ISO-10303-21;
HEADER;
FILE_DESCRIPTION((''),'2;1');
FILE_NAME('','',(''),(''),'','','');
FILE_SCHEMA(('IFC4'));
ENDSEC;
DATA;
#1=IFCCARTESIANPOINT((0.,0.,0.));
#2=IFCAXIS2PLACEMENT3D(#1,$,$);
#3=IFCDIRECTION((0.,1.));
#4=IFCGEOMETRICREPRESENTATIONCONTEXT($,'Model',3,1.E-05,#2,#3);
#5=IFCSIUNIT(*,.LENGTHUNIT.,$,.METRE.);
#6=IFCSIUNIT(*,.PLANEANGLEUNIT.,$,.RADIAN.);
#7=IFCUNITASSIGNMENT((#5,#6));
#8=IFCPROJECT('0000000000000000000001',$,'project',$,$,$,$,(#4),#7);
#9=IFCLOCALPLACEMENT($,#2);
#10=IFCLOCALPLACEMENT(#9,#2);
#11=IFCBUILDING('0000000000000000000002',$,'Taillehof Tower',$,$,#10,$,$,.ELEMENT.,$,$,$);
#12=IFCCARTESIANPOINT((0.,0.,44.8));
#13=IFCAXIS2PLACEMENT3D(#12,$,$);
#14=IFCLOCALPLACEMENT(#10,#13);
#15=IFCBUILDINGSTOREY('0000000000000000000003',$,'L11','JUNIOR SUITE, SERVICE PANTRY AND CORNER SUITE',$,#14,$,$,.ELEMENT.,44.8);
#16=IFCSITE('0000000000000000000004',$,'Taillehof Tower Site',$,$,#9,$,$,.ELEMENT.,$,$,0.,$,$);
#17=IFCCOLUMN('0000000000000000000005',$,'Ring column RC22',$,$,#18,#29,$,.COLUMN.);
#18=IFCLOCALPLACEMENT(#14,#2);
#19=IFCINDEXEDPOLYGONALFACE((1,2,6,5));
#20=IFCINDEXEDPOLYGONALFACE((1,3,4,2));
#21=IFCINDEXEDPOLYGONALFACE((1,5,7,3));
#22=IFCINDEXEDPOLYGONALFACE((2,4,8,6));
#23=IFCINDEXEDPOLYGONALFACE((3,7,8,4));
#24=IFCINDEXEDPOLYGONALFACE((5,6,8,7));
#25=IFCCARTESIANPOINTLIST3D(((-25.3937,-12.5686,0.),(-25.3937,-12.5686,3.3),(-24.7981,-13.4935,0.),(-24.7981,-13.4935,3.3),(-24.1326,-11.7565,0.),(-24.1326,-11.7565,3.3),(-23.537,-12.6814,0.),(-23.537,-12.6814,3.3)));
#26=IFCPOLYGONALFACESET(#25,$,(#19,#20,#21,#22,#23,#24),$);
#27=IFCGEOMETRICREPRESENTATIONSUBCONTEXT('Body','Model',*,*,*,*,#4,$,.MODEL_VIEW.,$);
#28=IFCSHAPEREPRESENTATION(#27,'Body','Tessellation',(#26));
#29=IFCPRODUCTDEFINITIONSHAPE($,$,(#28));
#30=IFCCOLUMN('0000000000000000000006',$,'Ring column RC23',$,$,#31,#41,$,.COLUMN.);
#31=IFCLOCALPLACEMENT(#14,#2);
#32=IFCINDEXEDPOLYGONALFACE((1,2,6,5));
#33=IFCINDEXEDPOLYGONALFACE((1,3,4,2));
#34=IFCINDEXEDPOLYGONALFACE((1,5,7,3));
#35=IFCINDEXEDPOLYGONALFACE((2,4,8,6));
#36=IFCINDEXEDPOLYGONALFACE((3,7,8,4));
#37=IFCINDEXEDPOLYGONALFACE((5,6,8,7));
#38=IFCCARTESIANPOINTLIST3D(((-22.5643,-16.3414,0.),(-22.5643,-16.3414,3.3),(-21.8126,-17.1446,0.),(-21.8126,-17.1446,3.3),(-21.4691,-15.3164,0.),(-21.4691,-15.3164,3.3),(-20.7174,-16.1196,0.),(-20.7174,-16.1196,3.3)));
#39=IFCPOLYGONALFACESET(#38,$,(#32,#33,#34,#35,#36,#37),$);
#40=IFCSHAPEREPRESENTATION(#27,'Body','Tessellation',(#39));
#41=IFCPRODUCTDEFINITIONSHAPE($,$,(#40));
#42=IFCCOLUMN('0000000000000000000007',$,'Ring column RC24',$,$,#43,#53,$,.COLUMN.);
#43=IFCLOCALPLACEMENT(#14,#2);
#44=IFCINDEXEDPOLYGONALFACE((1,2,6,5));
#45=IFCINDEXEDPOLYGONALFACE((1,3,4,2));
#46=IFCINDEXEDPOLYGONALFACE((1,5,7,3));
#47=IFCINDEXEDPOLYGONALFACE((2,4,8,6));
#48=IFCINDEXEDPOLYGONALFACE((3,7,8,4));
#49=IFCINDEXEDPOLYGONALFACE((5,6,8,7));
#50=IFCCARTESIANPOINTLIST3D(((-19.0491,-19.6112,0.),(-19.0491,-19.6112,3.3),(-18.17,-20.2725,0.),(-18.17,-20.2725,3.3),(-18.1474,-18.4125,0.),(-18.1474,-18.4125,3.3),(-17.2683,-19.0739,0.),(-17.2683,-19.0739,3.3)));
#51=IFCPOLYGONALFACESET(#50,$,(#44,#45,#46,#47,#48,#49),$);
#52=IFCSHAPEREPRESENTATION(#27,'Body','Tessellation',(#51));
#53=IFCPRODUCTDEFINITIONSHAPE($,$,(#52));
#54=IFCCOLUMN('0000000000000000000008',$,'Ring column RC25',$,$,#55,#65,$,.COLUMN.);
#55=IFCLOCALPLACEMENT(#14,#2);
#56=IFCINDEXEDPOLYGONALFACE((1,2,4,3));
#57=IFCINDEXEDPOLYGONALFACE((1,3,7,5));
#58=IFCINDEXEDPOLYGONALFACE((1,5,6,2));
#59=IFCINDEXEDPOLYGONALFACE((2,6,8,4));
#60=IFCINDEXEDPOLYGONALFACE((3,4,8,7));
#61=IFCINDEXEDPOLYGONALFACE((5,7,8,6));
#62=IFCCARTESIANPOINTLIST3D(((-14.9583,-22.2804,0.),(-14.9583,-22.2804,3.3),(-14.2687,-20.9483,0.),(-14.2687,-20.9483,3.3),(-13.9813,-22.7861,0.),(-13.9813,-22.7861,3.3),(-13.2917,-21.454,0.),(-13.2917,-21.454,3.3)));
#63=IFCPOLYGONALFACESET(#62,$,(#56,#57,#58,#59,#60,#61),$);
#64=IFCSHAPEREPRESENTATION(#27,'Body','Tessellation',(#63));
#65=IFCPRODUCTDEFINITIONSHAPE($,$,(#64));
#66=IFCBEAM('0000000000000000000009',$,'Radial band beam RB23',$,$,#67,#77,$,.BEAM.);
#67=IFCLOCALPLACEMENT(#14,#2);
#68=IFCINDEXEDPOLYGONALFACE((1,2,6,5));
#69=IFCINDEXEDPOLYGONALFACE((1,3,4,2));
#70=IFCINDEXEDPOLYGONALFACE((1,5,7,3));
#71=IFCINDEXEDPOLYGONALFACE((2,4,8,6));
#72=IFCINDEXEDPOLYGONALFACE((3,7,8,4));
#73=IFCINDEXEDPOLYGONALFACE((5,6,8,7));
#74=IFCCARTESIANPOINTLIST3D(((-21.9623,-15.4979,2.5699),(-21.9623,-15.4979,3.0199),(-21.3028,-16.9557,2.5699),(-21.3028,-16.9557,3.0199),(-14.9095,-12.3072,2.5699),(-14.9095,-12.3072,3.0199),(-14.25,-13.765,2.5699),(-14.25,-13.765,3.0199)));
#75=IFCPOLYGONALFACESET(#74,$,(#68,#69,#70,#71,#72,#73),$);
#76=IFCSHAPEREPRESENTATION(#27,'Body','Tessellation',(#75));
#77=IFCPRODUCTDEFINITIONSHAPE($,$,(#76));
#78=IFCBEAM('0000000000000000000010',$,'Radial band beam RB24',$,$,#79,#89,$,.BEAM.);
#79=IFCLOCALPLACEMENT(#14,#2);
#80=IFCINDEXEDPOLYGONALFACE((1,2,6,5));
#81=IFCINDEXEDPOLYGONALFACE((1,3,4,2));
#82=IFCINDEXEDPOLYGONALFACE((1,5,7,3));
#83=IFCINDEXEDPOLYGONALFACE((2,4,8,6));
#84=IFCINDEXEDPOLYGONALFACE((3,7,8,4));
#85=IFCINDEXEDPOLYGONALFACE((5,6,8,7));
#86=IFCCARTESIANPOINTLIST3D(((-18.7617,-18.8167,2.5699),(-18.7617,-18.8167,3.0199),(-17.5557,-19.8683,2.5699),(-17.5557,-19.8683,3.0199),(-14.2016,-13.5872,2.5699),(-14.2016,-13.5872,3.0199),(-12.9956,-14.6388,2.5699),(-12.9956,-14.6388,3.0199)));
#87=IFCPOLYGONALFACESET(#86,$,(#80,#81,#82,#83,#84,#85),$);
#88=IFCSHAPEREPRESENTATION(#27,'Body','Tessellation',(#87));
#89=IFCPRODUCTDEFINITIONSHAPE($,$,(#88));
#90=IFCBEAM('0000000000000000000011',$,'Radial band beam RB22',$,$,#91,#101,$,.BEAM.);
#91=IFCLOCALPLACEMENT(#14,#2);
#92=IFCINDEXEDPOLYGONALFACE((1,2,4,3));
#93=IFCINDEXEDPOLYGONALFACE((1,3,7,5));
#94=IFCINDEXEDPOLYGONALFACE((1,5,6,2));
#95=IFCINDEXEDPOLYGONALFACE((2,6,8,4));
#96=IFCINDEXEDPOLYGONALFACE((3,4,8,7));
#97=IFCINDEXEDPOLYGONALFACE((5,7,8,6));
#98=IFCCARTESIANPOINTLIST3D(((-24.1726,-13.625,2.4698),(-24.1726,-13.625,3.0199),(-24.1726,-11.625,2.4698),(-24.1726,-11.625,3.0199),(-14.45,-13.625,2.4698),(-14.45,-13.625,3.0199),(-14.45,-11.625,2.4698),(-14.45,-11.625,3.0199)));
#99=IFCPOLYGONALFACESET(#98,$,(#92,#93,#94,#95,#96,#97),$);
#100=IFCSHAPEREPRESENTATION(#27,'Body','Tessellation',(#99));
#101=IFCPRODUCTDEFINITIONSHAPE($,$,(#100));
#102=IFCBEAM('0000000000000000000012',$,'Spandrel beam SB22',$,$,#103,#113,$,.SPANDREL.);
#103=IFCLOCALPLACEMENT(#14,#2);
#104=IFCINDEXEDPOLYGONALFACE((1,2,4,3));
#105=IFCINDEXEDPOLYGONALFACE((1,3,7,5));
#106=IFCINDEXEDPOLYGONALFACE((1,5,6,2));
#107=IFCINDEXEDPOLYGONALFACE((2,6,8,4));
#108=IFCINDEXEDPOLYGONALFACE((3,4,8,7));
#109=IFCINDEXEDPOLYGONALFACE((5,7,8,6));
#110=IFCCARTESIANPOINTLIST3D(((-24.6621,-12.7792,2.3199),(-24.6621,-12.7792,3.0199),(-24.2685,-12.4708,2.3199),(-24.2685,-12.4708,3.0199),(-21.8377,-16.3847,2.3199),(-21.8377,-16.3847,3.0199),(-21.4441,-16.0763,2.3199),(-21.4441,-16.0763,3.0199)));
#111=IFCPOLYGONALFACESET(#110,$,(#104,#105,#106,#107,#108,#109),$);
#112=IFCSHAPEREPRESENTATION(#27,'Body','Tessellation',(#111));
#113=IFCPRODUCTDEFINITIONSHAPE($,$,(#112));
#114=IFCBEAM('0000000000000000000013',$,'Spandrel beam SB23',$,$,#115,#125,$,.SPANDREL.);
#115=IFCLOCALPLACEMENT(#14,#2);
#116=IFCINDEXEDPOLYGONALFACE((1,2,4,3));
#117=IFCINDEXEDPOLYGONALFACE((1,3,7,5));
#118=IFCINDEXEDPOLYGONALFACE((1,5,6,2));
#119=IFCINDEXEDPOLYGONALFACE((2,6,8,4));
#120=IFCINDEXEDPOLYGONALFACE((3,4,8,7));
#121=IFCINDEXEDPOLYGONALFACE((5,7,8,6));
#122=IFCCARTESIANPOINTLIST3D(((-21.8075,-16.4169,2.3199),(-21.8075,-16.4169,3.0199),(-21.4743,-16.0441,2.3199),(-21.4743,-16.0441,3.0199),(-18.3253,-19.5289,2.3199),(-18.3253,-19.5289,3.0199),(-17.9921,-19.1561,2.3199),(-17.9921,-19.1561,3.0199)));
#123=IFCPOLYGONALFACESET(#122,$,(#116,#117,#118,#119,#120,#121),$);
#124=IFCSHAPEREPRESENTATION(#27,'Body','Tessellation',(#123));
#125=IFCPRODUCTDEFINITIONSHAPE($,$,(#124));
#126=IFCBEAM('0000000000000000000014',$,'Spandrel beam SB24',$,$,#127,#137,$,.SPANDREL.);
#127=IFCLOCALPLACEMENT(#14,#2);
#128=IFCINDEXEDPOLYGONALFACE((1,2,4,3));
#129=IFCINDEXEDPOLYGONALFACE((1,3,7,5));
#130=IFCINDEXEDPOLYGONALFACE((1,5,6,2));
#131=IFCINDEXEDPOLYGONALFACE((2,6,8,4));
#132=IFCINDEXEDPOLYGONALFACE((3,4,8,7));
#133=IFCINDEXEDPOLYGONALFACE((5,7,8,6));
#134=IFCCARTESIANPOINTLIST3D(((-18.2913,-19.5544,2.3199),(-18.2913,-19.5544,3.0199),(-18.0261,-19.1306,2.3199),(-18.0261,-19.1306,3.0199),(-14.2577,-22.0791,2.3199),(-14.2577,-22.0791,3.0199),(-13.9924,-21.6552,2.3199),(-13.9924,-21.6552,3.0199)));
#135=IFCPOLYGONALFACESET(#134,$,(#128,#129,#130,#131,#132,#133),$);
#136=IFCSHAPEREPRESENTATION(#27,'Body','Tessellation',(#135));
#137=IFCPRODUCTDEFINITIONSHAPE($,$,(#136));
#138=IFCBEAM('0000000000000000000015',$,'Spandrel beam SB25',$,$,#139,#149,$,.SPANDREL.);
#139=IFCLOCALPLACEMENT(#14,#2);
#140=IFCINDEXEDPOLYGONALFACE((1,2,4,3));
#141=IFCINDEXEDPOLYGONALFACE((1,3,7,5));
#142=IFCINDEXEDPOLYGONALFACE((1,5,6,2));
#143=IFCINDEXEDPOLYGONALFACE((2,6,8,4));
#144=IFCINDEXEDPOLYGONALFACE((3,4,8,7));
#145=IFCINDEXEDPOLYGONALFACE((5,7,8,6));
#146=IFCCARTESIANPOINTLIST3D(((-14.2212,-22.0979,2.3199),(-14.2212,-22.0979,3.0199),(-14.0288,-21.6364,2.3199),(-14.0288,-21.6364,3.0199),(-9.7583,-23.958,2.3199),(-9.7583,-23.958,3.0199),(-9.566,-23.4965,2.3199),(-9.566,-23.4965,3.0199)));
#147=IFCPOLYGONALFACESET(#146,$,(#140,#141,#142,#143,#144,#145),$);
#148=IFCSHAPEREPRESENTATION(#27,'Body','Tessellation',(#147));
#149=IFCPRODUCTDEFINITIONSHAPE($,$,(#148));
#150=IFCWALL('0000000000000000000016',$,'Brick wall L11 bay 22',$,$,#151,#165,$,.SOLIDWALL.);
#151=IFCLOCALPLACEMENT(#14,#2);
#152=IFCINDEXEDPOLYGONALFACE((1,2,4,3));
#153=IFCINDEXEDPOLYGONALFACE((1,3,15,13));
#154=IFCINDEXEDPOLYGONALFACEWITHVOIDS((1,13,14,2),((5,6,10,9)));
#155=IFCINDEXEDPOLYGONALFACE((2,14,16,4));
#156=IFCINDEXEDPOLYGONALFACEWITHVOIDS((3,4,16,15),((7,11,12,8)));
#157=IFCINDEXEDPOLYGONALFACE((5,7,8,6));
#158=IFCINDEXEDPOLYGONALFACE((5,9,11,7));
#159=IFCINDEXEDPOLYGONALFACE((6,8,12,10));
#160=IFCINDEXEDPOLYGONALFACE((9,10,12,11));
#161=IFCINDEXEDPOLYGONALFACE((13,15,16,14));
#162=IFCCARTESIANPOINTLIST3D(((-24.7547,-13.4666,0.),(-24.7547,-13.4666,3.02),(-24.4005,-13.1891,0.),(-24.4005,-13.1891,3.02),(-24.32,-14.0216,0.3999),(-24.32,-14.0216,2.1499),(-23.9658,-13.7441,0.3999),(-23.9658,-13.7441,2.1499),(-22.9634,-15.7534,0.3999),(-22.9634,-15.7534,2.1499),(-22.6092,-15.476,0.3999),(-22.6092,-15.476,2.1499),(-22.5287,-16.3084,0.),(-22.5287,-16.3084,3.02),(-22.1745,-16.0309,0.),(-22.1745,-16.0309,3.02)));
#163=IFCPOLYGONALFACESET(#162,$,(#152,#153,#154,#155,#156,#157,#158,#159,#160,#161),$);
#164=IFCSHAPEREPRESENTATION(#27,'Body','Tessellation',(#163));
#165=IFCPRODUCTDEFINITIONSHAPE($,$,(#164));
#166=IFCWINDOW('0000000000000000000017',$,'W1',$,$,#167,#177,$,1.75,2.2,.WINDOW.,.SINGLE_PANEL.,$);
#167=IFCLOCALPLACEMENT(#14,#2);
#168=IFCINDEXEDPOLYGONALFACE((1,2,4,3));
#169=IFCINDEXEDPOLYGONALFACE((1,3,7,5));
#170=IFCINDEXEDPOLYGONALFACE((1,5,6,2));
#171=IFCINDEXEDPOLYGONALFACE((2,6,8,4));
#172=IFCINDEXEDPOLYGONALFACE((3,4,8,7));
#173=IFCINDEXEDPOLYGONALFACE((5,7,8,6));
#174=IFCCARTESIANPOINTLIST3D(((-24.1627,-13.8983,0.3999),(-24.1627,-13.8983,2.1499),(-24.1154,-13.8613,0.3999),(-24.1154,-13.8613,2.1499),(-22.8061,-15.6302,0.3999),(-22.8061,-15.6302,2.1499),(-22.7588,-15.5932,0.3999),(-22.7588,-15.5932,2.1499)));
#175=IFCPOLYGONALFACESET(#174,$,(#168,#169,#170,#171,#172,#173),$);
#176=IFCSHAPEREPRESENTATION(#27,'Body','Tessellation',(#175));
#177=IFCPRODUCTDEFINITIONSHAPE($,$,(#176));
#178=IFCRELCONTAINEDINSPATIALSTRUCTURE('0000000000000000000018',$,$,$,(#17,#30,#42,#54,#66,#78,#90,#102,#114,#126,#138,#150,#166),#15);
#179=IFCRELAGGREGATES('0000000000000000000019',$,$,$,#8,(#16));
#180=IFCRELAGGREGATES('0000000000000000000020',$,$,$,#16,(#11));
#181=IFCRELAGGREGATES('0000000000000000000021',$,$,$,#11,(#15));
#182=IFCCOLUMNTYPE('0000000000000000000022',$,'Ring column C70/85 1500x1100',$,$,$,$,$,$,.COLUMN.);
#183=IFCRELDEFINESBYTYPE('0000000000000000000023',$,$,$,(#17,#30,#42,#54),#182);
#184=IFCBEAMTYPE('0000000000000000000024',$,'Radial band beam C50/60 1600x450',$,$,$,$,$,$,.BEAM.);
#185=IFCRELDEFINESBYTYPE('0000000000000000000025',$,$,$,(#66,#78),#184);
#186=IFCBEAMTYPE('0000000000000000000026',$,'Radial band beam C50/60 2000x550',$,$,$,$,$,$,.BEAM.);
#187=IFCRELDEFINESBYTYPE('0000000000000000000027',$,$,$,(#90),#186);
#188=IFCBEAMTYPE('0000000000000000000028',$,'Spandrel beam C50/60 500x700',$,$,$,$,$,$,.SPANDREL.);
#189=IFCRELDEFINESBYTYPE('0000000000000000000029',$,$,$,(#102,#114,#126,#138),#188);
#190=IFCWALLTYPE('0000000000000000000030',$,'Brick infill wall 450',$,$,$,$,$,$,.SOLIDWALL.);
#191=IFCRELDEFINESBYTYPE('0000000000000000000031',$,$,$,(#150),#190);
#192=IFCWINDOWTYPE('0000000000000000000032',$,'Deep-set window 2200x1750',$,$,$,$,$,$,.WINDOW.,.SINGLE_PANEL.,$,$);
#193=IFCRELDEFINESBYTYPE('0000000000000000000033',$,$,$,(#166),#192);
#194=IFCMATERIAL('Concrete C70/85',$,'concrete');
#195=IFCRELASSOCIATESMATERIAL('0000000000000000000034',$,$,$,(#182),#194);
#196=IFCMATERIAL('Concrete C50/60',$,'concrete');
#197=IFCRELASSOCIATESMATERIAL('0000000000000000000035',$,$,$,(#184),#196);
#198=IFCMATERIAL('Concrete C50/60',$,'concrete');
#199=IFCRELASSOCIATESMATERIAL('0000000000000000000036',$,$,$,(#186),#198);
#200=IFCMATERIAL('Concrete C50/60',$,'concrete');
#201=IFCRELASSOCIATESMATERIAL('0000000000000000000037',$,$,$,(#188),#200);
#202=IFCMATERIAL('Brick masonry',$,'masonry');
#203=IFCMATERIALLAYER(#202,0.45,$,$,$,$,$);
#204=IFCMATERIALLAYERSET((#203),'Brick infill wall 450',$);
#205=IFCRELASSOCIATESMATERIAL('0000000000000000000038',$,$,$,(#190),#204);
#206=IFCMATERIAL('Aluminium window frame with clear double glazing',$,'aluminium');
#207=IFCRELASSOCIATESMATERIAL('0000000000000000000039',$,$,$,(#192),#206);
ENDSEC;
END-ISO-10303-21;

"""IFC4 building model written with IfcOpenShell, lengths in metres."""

from ifc_helpers import new_model, si_unit, direction, frame, frame_2d, origin, origin_2d, place, context, subcontext, project, spatial, rectangle, extrude, material, layer, layer_set, material_profile, profile_set, type_object, element, fill, save


model = new_model("IFC4")

# Units and contexts
model_context = context("Model", 3, precision=1e-05, world=origin(), true_north=direction((0.0, 1.0)))
body_context = subcontext(model_context, "Body", "Model", "MODEL_VIEW")
ifc_project = project(units=[si_unit("LENGTHUNIT", "METRE"), si_unit("PLANEANGLEUNIT", "RADIAN")], contexts=[model_context])

# Site, building, storey
site_placement = place(None, origin())
site = spatial("IfcSite", under=ifc_project, at=site_placement, Name="Taillehof Tower Site", CompositionType="ELEMENT", RefElevation=0.0)
building_placement = place(site_placement, origin())
building = spatial("IfcBuilding", under=site, at=building_placement, Name="Taillehof Tower", CompositionType="ELEMENT")
storey_placement = place(building_placement, frame((0.0, 0.0, 44.8)))
storey = spatial("IfcBuildingStorey", under=building, at=storey_placement, Name="L11", Description="JUNIOR SUITE, SERVICE PANTRY AND CORNER SUITE", CompositionType="ELEMENT", Elevation=44.8)

# Columns
ifc_material_1 = material(Name="Concrete C70/85", Category="concrete")
ifc_material_profile_1 = material_profile(ifc_material_1, rectangle(XDim=1.5, YDim=1.1001, at=origin_2d()), Name="RC 1500x1100")
ifc_profile_set_1 = profile_set([ifc_material_profile_1], Name="Concrete C70/85")
column_type = type_object("IfcColumnType", Name="Ring column C70/85 1500x1100", PredefinedType="COLUMN", material=ifc_profile_set_1)
for number, where, z_axis, x_axis, name in (
    (1, (-24.4653, -12.625, 0.0), (0.0, 0.0, 1.0), (-0.840754, -0.541418, 0.0), "Ring column RC22"),
    (2, (-21.6409, -16.2305, 0.0), (0.0, 0.0, 1.0), (-0.730113, -0.683326, 0.0), "Ring column RC23"),
    (3, (-18.1587, -19.3425, 0.0), (0.0, 0.0, 1.0), (-0.601174, -0.799118, 0.0), "Ring column RC24"),
    (4, (-14.125, -21.8672, 0.0), (0.0, 0.0, 1.0), (-0.459691, -0.888079, 0.0), "Ring column RC25"),
):
    element("IfcColumn", number, at=place(storey_placement, frame(where, z_axis=z_axis, x_axis=x_axis)), inside=storey, type_object=column_type, Name=name, PredefinedType="COLUMN", context=body_context, shape_type="SweptSolid", body=[
        extrude(rectangle(XDim=1.5, YDim=1.1001, at=origin_2d()), origin(), (0.0, 0.0, 1.0), 3.3),
    ])

# Beams
ifc_material_2 = material(Name="Concrete C50/60", Category="concrete")
ifc_material_profile_2 = material_profile(ifc_material_2, rectangle(XDim=1.6001, YDim=0.45, at=origin_2d()), Name="RC 1600x450")
ifc_profile_set_2 = profile_set([ifc_material_profile_2], Name="Concrete C50/60")
beam_type_1 = type_object("IfcBeamType", Name="Radial band beam C50/60 1600x450", PredefinedType="BEAM", material=ifc_profile_set_2)
beam_1_placement = place(storey_placement, frame((-21.6326, -16.2268, 2.7949), z_axis=(0.911101, 0.412184, 0.0), x_axis=(-0.412184, 0.911101, 0.0)))
element("IfcBeam", 5, at=beam_1_placement, inside=storey, type_object=beam_type_1, Name="Radial band beam RB23", PredefinedType="BEAM", context=body_context, shape_type="SweptSolid", body=[
    extrude(rectangle(XDim=1.6001, YDim=0.45, at=origin_2d()), origin(), (0.0, 0.0, 1.0), 7.741),
])
beam_2_placement = place(storey_placement, frame((-18.1587, -19.3425, 2.7949), z_axis=(0.657218, 0.7537, 0.0), x_axis=(-0.7537, 0.657218, 0.0)))
element("IfcBeam", 6, at=beam_2_placement, inside=storey, type_object=beam_type_1, Name="Radial band beam RB24", PredefinedType="BEAM", context=body_context, shape_type="SweptSolid", body=[
    extrude(rectangle(XDim=1.6001, YDim=0.45, at=origin_2d()), origin(), (0.0, 0.0, 1.0), 6.9385),
])
ifc_material_3 = material(Name="Concrete C50/60", Category="concrete")
ifc_material_profile_3 = material_profile(ifc_material_3, rectangle(XDim=2.0, YDim=0.55, at=origin_2d()), Name="RC 2000x550")
ifc_profile_set_3 = profile_set([ifc_material_profile_3], Name="Concrete C50/60")
beam_type_2 = type_object("IfcBeamType", Name="Radial band beam C50/60 2000x550", PredefinedType="BEAM", material=ifc_profile_set_3)
beam_3_placement = place(storey_placement, frame((-24.1726, -12.625, 2.7449), z_axis=(1.0, 0.0, 0.0), x_axis=(0.0, 1.0, 0.0)))
element("IfcBeam", 7, at=beam_3_placement, inside=storey, type_object=beam_type_2, Name="Radial band beam RB22", PredefinedType="BEAM", context=body_context, shape_type="SweptSolid", body=[
    extrude(rectangle(XDim=2.0, YDim=0.55, at=origin_2d()), origin(), (0.0, 0.0, 1.0), 9.7227),
])
ifc_material_4 = material(Name="Concrete C50/60", Category="concrete")
ifc_material_profile_4 = material_profile(ifc_material_4, rectangle(XDim=0.5, YDim=0.7, at=origin_2d()), Name="RC 500x700")
ifc_profile_set_4 = profile_set([ifc_material_profile_4], Name="Concrete C50/60")
beam_type_3 = type_object("IfcBeamType", Name="Spandrel beam C50/60 500x700", PredefinedType="SPANDREL", material=ifc_profile_set_4)
beam_4_placement = place(storey_placement, frame((-24.4653, -12.625, 2.6699), z_axis=(0.616686, -0.787209, 0.0), x_axis=(0.787209, 0.616686, 0.0)))
element("IfcBeam", 8, at=beam_4_placement, inside=storey, type_object=beam_type_3, Name="Spandrel beam SB22", PredefinedType="SPANDREL", context=body_context, shape_type="SweptSolid", body=[
    extrude(rectangle(XDim=0.5, YDim=0.7, at=origin_2d()), origin(), (0.0, 0.0, 1.0), 4.5801),
])
beam_5_placement = place(storey_placement, frame((-21.6409, -16.2305, 2.6699), z_axis=(0.745621, -0.66637, 0.0), x_axis=(0.66637, 0.745621, 0.0)))
element("IfcBeam", 9, at=beam_5_placement, inside=storey, type_object=beam_type_3, Name="Spandrel beam SB23", PredefinedType="SPANDREL", context=body_context, shape_type="SweptSolid", body=[
    extrude(rectangle(XDim=0.5, YDim=0.7, at=origin_2d()), origin(), (0.0, 0.0, 1.0), 4.6702),
])
beam_6_placement = place(storey_placement, frame((-18.1587, -19.3425, 2.6699), z_axis=(0.847658, -0.530543, 0.0), x_axis=(0.530543, 0.847658, 0.0)))
element("IfcBeam", 10, at=beam_6_placement, inside=storey, type_object=beam_type_3, Name="Spandrel beam SB24", PredefinedType="SPANDREL", context=body_context, shape_type="SweptSolid", body=[
    extrude(rectangle(XDim=0.5, YDim=0.7, at=origin_2d()), origin(), (0.0, 0.0, 1.0), 4.7585),
])
beam_7_placement = place(storey_placement, frame((-14.125, -21.8672, 2.6699), z_axis=(0.923035, -0.384716, 0.0), x_axis=(0.384716, 0.923035, 0.0)))
element("IfcBeam", 11, at=beam_7_placement, inside=storey, type_object=beam_type_3, Name="Spandrel beam SB25", PredefinedType="SPANDREL", context=body_context, shape_type="SweptSolid", body=[
    extrude(rectangle(XDim=0.5, YDim=0.7, at=origin_2d()), origin(), (0.0, 0.0, 1.0), 4.835),
])

# Wall, opening, window
ifc_material_5 = material(Name="Brick masonry", Category="masonry")
ifc_layer_1 = layer(ifc_material_5, 0.45)
ifc_layer_set_1 = layer_set([ifc_layer_1], Name="Brick infill wall 450")
wall_type_1 = type_object("IfcWallType", Name="Brick infill wall 450", PredefinedType="SOLIDWALL", material=ifc_layer_set_1)
wall_1_placement = place(storey_placement, frame((-24.5776, -13.3279, 0.0), z_axis=(0.0, 0.0, 1.0), x_axis=(0.616662, -0.787228, 0.0)))
wall_1 = element("IfcWall", 12, at=wall_1_placement, inside=storey, type_object=wall_type_1, Name="Brick wall L11 bay 22", PredefinedType="SOLIDWALL", context=body_context, shape_type="SweptSolid", body=[
    extrude(rectangle(XDim=3.6099, YDim=0.45, at=frame_2d((1.8049, 0.0))), origin(), (0.0, 0.0, 1.0), 3.02),
])
opening_1_placement = place(wall_1_placement, frame((0.7048, 0.0, 0.3999)))
opening_1 = element("IfcOpeningElement", 13, at=opening_1_placement, cuts=wall_1, PredefinedType="OPENING", context=body_context, shape_type="SweptSolid", body=[
    extrude(rectangle(XDim=2.2, YDim=1.75, at=frame_2d((1.1001, 0.875))), frame((0.0, 0.2349, 0.0), z_axis=(0.0, -1.0, 0.0), x_axis=(1.0, 0.0, 0.0)), (0.0, 0.0, 1.0), 0.47),
])
ifc_material_6 = material(Name="Aluminium window frame with clear double glazing", Category="aluminium")
window_type_1 = type_object("IfcWindowType", Name="Deep-set window 2200x1750", PartitioningType="SINGLE_PANEL", PredefinedType="WINDOW", material=ifc_material_6)
window_1_placement = place(opening_1_placement, origin())
window_1 = element("IfcWindow", 14, at=window_1_placement, inside=storey, type_object=window_type_1, Name="W1", OverallHeight=1.75, OverallWidth=2.2, PartitioningType="SINGLE_PANEL", PredefinedType="WINDOW", context=body_context, shape_type="SweptSolid", body=[
    extrude(rectangle(XDim=2.2, YDim=1.75, at=frame_2d((1.1001, 0.875))), frame((0.0, 0.0349, 0.0), z_axis=(0.0, -1.0, 0.0), x_axis=(1.0, 0.0, 0.0)), (0.0, 0.0, 1.0), 0.0601),
])
fill(opening_1, window_1)

save(model, "model.ifc")
